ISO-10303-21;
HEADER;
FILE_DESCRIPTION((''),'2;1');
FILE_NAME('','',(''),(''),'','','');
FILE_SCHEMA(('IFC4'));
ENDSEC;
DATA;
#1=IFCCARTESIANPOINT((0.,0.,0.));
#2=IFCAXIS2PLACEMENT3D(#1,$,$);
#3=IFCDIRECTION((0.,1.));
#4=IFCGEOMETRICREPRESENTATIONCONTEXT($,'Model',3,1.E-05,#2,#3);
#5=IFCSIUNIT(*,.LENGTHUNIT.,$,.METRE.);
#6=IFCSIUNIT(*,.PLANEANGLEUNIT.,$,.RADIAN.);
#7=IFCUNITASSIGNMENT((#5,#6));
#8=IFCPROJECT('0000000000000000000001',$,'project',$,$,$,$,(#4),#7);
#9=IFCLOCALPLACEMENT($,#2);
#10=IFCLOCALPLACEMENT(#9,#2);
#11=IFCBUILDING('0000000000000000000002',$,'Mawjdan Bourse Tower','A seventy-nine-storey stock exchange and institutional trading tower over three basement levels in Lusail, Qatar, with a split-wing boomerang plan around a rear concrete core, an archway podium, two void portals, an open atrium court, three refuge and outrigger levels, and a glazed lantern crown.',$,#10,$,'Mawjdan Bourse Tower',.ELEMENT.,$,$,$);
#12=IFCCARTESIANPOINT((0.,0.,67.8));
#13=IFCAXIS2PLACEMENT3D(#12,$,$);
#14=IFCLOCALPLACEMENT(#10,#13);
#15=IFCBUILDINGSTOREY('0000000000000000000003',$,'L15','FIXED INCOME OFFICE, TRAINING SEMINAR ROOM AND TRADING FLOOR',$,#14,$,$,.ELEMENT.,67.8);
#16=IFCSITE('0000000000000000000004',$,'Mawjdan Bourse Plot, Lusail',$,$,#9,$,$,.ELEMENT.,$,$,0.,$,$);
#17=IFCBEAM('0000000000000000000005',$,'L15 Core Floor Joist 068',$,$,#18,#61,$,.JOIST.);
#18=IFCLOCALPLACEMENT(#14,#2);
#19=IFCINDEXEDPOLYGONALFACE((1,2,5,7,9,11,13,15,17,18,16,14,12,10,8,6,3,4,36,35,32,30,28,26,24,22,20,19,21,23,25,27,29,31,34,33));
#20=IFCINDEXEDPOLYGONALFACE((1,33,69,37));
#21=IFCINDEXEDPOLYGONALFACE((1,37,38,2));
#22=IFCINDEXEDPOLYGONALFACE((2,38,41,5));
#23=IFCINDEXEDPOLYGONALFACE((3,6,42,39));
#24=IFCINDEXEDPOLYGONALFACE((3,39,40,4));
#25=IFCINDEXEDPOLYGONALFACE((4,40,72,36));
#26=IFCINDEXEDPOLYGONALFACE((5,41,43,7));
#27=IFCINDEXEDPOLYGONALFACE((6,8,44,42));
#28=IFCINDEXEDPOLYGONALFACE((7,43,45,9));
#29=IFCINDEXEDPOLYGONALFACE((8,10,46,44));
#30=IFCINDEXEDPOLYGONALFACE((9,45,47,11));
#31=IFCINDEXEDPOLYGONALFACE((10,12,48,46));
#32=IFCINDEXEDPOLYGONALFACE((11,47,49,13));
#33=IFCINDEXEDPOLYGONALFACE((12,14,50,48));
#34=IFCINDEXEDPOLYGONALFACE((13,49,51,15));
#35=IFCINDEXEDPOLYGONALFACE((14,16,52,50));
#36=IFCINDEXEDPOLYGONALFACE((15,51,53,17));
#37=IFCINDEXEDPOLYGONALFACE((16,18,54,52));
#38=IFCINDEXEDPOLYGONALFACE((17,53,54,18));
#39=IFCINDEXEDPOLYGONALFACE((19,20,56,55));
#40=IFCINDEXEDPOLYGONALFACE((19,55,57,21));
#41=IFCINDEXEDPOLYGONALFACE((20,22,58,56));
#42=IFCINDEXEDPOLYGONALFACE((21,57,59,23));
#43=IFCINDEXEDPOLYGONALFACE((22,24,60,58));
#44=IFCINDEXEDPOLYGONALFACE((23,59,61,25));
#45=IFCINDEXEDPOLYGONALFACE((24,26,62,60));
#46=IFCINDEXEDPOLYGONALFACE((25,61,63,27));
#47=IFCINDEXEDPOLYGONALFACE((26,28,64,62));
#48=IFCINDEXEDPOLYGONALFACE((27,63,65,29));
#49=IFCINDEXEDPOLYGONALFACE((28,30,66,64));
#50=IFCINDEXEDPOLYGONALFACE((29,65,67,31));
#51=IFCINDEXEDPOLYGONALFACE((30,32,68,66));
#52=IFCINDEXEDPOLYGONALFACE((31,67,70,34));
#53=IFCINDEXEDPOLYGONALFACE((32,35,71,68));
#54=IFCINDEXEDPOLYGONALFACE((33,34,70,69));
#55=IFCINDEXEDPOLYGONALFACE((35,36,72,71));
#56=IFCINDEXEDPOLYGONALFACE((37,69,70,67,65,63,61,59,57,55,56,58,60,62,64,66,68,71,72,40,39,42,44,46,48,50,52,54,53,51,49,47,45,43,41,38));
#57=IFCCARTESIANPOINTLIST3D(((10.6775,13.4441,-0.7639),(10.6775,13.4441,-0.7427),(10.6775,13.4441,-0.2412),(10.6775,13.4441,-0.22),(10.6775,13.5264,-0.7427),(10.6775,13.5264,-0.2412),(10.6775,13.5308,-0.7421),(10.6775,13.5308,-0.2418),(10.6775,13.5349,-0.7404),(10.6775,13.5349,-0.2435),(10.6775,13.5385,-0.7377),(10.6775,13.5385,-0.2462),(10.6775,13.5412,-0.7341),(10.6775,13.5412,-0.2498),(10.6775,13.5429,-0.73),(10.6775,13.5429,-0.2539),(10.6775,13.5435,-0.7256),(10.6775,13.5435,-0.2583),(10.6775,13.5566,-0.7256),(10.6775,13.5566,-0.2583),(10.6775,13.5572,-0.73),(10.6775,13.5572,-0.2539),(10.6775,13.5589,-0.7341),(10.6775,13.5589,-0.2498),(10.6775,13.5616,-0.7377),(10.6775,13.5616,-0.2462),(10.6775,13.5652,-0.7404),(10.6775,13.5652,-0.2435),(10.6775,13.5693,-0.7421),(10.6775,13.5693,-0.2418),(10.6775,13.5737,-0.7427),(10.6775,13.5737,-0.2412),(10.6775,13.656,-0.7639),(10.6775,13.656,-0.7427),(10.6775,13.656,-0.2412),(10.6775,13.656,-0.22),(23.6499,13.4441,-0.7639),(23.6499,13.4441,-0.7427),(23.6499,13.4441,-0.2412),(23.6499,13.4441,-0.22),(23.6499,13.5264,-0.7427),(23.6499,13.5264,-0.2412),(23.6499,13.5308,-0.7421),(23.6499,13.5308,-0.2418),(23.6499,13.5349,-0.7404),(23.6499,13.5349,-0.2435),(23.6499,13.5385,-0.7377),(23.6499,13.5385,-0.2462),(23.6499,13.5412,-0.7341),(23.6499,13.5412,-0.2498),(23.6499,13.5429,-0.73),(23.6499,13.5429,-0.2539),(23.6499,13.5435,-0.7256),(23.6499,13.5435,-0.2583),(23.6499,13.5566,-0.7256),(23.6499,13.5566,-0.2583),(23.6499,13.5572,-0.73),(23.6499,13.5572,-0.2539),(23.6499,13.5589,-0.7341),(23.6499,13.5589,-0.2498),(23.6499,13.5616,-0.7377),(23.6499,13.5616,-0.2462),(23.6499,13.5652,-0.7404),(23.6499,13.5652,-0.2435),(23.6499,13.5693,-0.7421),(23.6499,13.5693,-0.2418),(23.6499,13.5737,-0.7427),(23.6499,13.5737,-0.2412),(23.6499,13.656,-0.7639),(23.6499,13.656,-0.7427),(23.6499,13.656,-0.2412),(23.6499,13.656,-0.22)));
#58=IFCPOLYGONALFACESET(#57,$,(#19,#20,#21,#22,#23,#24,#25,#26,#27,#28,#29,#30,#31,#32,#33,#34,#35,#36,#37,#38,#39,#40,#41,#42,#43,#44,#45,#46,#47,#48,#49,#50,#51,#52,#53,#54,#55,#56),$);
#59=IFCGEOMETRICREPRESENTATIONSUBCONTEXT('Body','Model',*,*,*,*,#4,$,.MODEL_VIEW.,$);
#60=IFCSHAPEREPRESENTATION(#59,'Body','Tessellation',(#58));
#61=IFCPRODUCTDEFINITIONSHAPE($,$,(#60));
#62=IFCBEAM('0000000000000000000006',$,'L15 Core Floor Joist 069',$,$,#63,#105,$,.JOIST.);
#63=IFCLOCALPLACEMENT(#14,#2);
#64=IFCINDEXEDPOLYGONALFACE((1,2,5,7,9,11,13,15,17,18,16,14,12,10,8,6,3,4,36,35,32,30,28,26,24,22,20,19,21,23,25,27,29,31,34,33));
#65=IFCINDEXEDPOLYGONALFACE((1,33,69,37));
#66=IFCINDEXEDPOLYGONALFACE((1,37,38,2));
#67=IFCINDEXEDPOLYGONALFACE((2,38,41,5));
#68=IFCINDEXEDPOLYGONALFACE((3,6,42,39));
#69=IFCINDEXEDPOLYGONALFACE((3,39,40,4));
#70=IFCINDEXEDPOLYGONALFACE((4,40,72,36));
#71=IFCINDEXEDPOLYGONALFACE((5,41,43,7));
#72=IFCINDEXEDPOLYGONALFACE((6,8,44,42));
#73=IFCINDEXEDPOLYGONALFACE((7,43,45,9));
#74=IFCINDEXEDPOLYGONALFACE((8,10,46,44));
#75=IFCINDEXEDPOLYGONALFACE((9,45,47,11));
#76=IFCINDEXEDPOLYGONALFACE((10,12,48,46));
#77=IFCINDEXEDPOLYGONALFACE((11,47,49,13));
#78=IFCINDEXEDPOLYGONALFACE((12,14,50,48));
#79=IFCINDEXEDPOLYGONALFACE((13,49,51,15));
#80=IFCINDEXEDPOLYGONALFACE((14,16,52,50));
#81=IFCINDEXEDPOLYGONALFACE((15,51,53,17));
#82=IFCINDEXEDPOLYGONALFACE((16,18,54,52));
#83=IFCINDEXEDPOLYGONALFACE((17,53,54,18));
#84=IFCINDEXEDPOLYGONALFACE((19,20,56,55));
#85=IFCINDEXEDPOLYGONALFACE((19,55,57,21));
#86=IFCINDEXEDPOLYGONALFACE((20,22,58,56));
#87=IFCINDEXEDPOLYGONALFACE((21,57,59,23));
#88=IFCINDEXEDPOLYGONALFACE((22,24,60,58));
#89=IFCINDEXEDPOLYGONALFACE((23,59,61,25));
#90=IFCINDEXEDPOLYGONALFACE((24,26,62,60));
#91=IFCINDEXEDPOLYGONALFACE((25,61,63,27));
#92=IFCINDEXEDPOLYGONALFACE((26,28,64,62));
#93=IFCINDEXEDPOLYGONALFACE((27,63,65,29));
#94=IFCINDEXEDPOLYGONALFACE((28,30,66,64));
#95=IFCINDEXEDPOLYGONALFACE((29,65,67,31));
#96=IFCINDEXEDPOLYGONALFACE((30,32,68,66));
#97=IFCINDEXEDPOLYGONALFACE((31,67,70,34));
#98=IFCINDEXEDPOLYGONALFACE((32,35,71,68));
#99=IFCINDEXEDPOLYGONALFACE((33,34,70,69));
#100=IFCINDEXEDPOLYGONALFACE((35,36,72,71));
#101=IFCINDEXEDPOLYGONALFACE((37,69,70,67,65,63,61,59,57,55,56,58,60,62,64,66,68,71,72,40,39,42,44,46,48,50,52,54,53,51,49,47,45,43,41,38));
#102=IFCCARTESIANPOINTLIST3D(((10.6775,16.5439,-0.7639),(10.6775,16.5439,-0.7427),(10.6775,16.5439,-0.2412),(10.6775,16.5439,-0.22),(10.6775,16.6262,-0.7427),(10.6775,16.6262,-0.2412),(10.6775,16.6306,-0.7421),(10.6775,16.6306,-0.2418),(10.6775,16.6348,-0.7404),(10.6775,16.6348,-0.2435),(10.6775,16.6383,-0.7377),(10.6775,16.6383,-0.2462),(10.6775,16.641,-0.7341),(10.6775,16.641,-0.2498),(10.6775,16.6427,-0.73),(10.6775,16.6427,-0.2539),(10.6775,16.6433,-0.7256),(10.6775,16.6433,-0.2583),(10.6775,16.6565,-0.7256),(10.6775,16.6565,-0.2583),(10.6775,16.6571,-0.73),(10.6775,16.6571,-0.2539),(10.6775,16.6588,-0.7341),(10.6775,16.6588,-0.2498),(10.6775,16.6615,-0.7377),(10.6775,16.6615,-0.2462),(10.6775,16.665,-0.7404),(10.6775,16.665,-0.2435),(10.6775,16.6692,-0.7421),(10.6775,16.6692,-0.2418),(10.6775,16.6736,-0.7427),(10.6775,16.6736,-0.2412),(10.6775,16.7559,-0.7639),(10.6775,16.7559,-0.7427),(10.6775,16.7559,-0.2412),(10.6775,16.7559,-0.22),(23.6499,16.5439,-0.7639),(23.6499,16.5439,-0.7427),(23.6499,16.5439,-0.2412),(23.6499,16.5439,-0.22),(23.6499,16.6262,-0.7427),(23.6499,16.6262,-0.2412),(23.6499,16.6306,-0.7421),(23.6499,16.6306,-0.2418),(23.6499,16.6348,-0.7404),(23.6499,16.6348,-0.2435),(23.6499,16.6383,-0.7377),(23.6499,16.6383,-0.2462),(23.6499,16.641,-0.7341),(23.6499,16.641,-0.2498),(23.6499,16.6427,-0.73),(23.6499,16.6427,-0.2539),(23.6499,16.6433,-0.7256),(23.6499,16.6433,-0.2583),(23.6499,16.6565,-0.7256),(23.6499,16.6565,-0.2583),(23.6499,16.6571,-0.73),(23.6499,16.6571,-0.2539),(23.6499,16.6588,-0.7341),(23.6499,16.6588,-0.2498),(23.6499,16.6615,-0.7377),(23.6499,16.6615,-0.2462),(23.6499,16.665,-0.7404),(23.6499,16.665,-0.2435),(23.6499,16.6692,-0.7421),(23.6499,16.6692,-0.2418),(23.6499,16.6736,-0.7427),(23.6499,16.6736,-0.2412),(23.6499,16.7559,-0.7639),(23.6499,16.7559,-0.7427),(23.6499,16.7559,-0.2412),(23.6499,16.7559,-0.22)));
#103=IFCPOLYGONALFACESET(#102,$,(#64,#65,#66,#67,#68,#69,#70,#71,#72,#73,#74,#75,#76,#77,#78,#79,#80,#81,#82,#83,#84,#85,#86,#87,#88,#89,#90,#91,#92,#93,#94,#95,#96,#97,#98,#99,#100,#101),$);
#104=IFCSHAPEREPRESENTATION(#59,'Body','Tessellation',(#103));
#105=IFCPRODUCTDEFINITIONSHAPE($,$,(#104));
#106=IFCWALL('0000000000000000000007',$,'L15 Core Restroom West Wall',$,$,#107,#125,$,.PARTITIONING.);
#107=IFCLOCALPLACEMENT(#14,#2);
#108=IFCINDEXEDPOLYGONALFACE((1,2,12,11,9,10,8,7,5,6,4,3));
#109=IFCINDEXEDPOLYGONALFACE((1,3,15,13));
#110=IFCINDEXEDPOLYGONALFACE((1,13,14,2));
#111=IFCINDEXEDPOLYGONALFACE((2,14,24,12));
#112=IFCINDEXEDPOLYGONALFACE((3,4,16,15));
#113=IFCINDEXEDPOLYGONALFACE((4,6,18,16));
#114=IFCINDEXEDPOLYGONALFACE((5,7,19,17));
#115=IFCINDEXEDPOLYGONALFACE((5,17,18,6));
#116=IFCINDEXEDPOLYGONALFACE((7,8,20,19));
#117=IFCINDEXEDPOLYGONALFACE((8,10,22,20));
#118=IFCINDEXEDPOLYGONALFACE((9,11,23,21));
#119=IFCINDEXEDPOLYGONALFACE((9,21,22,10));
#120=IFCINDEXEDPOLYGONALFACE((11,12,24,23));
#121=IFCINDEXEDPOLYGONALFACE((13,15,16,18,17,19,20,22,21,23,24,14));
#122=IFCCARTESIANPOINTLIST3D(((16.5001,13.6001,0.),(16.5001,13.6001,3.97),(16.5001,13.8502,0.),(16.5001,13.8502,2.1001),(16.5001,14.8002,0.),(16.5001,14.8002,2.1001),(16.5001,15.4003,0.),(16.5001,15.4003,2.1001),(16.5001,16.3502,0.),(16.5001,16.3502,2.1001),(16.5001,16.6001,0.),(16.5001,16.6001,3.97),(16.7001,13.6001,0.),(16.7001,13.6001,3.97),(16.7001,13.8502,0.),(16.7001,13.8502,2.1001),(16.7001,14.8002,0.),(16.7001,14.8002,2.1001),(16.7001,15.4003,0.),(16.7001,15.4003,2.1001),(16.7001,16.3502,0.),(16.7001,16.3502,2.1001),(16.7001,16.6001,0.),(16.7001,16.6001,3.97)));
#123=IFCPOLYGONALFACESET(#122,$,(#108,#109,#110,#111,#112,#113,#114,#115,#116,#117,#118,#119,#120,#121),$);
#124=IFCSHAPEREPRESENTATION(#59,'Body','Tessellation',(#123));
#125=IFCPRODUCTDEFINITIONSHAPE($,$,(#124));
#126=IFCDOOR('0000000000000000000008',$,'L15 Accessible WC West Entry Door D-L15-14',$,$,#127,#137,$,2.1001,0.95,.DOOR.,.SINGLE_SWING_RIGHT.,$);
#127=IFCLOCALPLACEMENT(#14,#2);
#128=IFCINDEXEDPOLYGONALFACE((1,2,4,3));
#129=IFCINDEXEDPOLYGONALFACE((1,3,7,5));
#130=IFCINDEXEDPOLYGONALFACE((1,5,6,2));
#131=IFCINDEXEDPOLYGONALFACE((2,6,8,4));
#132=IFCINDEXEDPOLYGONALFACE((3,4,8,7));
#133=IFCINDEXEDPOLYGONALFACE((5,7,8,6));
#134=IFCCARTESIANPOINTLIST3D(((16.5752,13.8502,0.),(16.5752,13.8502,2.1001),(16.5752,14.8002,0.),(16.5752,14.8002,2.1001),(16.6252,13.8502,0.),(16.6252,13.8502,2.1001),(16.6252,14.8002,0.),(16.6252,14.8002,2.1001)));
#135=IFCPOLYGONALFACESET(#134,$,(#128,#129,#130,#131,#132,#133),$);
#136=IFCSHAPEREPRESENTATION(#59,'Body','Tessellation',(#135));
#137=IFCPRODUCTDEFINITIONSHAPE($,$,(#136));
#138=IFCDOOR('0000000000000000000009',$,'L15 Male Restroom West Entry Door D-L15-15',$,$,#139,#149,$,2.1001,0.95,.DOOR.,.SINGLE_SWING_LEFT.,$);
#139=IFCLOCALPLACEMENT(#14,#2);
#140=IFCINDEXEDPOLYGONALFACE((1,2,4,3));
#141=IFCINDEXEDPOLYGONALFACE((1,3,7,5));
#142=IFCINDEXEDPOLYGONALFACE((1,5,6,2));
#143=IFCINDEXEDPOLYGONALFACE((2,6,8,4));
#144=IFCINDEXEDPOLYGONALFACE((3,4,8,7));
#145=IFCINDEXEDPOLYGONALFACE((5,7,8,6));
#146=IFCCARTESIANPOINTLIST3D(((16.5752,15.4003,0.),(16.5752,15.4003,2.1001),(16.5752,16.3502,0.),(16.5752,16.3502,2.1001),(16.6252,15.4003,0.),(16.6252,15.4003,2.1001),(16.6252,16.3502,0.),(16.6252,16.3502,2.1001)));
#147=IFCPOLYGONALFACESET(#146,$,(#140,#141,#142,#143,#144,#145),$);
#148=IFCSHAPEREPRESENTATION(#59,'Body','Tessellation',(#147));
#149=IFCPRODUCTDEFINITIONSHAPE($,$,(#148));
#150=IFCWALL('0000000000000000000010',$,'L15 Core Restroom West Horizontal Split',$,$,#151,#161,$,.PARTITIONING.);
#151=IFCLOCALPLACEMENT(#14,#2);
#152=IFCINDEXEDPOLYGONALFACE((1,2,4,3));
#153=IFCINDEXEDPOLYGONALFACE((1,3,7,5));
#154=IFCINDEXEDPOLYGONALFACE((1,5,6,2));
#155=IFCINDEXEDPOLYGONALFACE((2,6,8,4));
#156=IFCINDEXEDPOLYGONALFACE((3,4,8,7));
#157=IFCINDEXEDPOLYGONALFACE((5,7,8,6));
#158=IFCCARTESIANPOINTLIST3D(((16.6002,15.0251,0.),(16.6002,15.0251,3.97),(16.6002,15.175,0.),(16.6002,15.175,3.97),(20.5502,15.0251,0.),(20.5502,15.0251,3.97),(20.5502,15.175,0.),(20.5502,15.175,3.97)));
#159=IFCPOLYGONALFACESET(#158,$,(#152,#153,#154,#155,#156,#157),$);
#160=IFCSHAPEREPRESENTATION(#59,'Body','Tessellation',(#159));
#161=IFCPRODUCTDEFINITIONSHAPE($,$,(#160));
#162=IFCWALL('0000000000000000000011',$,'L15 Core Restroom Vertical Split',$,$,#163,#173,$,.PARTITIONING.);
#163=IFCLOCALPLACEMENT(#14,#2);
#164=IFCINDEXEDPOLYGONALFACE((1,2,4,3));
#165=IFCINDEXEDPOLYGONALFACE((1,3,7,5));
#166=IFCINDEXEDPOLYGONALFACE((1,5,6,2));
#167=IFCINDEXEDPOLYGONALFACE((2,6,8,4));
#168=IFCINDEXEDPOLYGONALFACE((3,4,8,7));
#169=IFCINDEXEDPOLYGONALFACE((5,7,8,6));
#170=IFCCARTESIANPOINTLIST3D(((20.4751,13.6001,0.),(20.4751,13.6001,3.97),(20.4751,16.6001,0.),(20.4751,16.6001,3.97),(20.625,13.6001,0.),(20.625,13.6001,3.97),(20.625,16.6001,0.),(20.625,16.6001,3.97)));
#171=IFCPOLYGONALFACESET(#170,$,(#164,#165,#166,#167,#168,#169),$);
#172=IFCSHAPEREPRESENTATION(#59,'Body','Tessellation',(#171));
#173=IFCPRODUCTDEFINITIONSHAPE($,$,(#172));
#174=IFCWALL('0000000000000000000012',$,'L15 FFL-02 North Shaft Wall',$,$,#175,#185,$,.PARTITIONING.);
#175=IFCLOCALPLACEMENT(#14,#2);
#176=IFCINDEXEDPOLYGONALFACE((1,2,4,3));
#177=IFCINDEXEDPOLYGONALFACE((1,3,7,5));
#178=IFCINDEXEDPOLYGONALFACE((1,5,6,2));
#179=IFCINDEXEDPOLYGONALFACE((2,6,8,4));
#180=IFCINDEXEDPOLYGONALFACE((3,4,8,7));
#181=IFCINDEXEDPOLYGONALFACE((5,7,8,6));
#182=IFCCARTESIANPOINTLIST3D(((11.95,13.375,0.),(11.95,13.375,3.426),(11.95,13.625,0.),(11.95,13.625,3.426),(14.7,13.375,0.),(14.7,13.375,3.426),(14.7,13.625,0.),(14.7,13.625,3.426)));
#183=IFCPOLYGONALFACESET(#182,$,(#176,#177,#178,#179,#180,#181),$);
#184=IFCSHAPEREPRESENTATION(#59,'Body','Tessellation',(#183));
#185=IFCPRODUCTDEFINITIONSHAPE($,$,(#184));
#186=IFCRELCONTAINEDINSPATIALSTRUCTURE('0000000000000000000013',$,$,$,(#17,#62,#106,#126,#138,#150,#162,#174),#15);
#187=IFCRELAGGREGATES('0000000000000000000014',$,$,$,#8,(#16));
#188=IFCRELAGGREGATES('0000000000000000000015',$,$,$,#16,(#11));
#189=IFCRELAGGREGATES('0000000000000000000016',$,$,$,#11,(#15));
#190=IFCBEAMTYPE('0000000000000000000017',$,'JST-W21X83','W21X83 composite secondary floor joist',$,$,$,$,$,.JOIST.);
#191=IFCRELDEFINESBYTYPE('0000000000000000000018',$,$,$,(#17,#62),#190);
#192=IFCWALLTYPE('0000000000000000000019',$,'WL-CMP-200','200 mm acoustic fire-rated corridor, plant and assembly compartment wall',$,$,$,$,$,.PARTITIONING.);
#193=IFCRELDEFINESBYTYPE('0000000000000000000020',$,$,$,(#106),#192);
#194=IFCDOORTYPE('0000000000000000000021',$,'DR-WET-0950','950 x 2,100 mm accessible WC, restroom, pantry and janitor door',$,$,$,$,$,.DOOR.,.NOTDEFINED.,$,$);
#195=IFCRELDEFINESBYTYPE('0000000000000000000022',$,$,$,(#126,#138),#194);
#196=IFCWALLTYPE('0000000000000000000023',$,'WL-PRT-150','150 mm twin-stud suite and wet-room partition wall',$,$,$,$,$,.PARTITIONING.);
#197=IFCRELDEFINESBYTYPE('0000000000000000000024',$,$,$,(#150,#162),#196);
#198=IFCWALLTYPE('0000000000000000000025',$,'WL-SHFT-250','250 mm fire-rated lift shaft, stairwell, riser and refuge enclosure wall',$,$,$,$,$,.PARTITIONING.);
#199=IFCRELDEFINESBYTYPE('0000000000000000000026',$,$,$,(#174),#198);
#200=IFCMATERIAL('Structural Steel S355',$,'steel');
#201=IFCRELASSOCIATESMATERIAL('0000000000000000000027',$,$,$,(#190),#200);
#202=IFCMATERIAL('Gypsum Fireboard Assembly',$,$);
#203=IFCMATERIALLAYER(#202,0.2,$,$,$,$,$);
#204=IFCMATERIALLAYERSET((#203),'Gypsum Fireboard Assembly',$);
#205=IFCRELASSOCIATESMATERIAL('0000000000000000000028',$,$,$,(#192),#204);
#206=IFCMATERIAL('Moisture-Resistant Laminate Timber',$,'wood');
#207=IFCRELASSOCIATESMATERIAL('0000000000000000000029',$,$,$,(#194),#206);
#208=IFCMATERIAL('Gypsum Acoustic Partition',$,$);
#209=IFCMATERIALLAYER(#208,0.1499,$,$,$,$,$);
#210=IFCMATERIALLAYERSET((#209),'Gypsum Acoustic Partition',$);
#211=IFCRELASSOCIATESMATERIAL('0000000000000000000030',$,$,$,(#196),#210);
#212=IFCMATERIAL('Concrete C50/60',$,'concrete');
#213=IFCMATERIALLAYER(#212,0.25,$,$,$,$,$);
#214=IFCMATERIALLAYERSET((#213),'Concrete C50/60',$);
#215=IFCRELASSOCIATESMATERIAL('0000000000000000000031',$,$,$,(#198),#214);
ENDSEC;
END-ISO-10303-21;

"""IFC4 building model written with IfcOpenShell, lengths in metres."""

from ifc_helpers import new_model, si_unit, direction, frame, frame_2d, origin, origin_2d, place, context, subcontext, project, spatial, rectangle, i_section, extrude, material, layer, layer_set, material_profile, profile_set, type_object, element, fill, save


model = new_model("IFC4")

# Units and contexts
model_context = context("Model", 3, precision=1e-05, world=origin(), true_north=direction((0.0, 1.0)))
body_context = subcontext(model_context, "Body", "Model", "MODEL_VIEW")
ifc_project = project(units=[si_unit("LENGTHUNIT", "METRE"), si_unit("PLANEANGLEUNIT", "RADIAN")], contexts=[model_context])

# Site, building, storey
site_placement = place(None, origin())
site = spatial("IfcSite", under=ifc_project, at=site_placement, Name="Mawjdan Bourse Plot, Lusail", CompositionType="ELEMENT", RefElevation=0.0)
building_placement = place(site_placement, origin())
building = spatial("IfcBuilding", under=site, at=building_placement, Name="Mawjdan Bourse Tower", Description="A seventy-nine-storey stock exchange and institutional trading tower over three basement levels in Lusail, Qatar, with a split-wing boomerang plan around a rear concrete core, an archway podium, two void portals, an open atrium court, three refuge and outrigger levels, and a glazed lantern crown.", LongName="Mawjdan Bourse Tower", CompositionType="ELEMENT")
storey_placement = place(building_placement, frame((0.0, 0.0, 67.8)))
storey = spatial("IfcBuildingStorey", under=building, at=storey_placement, Name="L15", Description="FIXED INCOME OFFICE, TRAINING SEMINAR ROOM AND TRADING FLOOR", CompositionType="ELEMENT", Elevation=67.8)

# Beams
ifc_material_1 = material(Name="Structural Steel S355", Category="steel")
ifc_material_profile = material_profile(ifc_material_1, i_section(OverallWidth=0.2119, OverallDepth=0.5439, WebThickness=0.0132, FlangeThickness=0.0212, FilletRadius=0.0171, at=origin_2d()), Name="W21X83")
ifc_profile_set = profile_set([ifc_material_profile], Name="Structural Steel S355")
beam_type = type_object("IfcBeamType", Name="JST-W21X83", Description="W21X83 composite secondary floor joist", PredefinedType="JOIST", material=ifc_profile_set)
for number, where, z_axis, x_axis, name in (
    (1, (10.6775, 13.55, -0.4919), (1.0, 0.0, 0.0), (0.0, 1.0, 0.0), "L15 Core Floor Joist 068"),
    (2, (10.6775, 16.6499, -0.4919), (1.0, 0.0, 0.0), (0.0, 1.0, 0.0), "L15 Core Floor Joist 069"),
):
    element("IfcBeam", number, at=place(storey_placement, frame(where, z_axis=z_axis, x_axis=x_axis)), inside=storey, type_object=beam_type, Name=name, PredefinedType="JOIST", context=body_context, shape_type="SweptSolid", body=[
        extrude(i_section(OverallWidth=0.2119, OverallDepth=0.5439, WebThickness=0.0132, FlangeThickness=0.0212, FilletRadius=0.0171, at=origin_2d()), origin(), (0.0, 0.0, 1.0), 12.9724),
    ])

# Wall, openings, doors
ifc_material_2 = material(Name="Gypsum Fireboard Assembly")
ifc_layer_1 = layer(ifc_material_2, 0.2)
ifc_layer_set_1 = layer_set([ifc_layer_1], Name="Gypsum Fireboard Assembly")
wall_type_1 = type_object("IfcWallType", Name="WL-CMP-200", Description="200 mm acoustic fire-rated corridor, plant and assembly compartment wall", PredefinedType="PARTITIONING", material=ifc_layer_set_1)
wall_1_placement = place(storey_placement, frame((16.6001, 13.6001, 0.0), z_axis=(0.0, 0.0, 1.0), x_axis=(0.0, 1.0, 0.0)))
wall_1 = element("IfcWall", 3, at=wall_1_placement, inside=storey, type_object=wall_type_1, Name="L15 Core Restroom West Wall", PredefinedType="PARTITIONING", context=body_context, shape_type="SweptSolid", body=[
    extrude(rectangle(XDim=3.0, YDim=0.2, at=frame_2d((1.5, 0.0))), origin(), (0.0, 0.0, 1.0), 3.97),
])
opening_1_placement = place(wall_1_placement, frame((0.25, 0.0, 0.0)))
opening_1 = element("IfcOpeningElement", 4, at=opening_1_placement, cuts=wall_1, PredefinedType="OPENING", context=body_context, shape_type="SweptSolid", body=[
    extrude(rectangle(XDim=0.95, YDim=2.1001, at=frame_2d((0.4751, 1.05))), frame((0.0, 0.1099, 0.0), z_axis=(0.0, -1.0, 0.0), x_axis=(1.0, 0.0, 0.0)), (0.0, 0.0, 1.0), 0.22),
])
opening_2_placement = place(wall_1_placement, frame((1.8, 0.0, 0.0)))
opening_2 = element("IfcOpeningElement", 5, at=opening_2_placement, cuts=wall_1, PredefinedType="OPENING", context=body_context, shape_type="SweptSolid", body=[
    extrude(rectangle(XDim=0.95, YDim=2.1001, at=frame_2d((0.4751, 1.05))), frame((0.0, 0.1099, 0.0), z_axis=(0.0, -1.0, 0.0), x_axis=(1.0, 0.0, 0.0)), (0.0, 0.0, 1.0), 0.22),
])
ifc_material_3 = material(Name="Moisture-Resistant Laminate Timber", Category="wood")
door_type_1 = type_object("IfcDoorType", Name="DR-WET-0950", Description="950 x 2,100 mm accessible WC, restroom, pantry and janitor door", OperationType="NOTDEFINED", PredefinedType="DOOR", material=ifc_material_3)
door_1_placement = place(opening_1_placement, origin())
door_1 = element("IfcDoor", 6, at=door_1_placement, inside=storey, type_object=door_type_1, Name="L15 Accessible WC West Entry Door D-L15-14", OperationType="SINGLE_SWING_RIGHT", OverallHeight=2.1001, OverallWidth=0.95, PredefinedType="DOOR", context=body_context, shape_type="SweptSolid", body=[
    extrude(rectangle(XDim=0.95, YDim=2.1001, at=frame_2d((0.4751, 1.05))), frame((0.0, 0.0249, 0.0), z_axis=(0.0, -1.0, 0.0), x_axis=(1.0, 0.0, 0.0)), (0.0, 0.0, 1.0), 0.05),
])
fill(opening_1, door_1)
door_2_placement = place(opening_2_placement, origin())
door_2 = element("IfcDoor", 7, at=door_2_placement, inside=storey, type_object=door_type_1, Name="L15 Male Restroom West Entry Door D-L15-15", OperationType="SINGLE_SWING_LEFT", OverallHeight=2.1001, OverallWidth=0.95, PredefinedType="DOOR", context=body_context, shape_type="SweptSolid", body=[
    extrude(rectangle(XDim=0.95, YDim=2.1001, at=frame_2d((0.4751, 1.05))), frame((0.0, 0.0249, 0.0), z_axis=(0.0, -1.0, 0.0), x_axis=(1.0, 0.0, 0.0)), (0.0, 0.0, 1.0), 0.05),
])
fill(opening_2, door_2)

# Walls
ifc_material_4 = material(Name="Gypsum Acoustic Partition")
ifc_layer_2 = layer(ifc_material_4, 0.1499)
ifc_layer_set_2 = layer_set([ifc_layer_2], Name="Gypsum Acoustic Partition")
wall_type_2 = type_object("IfcWallType", Name="WL-PRT-150", Description="150 mm twin-stud suite and wet-room partition wall", PredefinedType="PARTITIONING", material=ifc_layer_set_2)
wall_2_placement = place(storey_placement, frame((16.6001, 15.1001, 0.0), z_axis=(0.0, 0.0, 1.0), x_axis=(1.0, 0.0, 0.0)))
element("IfcWall", 8, at=wall_2_placement, inside=storey, type_object=wall_type_2, Name="L15 Core Restroom West Horizontal Split", PredefinedType="PARTITIONING", context=body_context, shape_type="SweptSolid", body=[
    extrude(rectangle(XDim=3.95, YDim=0.1499, at=frame_2d((1.9751, 0.0))), origin(), (0.0, 0.0, 1.0), 3.97),
])
wall_3_placement = place(storey_placement, frame((20.55, 13.6001, 0.0), z_axis=(0.0, 0.0, 1.0), x_axis=(0.0, 1.0, 0.0)))
element("IfcWall", 9, at=wall_3_placement, inside=storey, type_object=wall_type_2, Name="L15 Core Restroom Vertical Split", PredefinedType="PARTITIONING", context=body_context, shape_type="SweptSolid", body=[
    extrude(rectangle(XDim=3.0, YDim=0.1499, at=frame_2d((1.5, 0.0))), origin(), (0.0, 0.0, 1.0), 3.97),
])
ifc_material_5 = material(Name="Concrete C50/60", Category="concrete")
ifc_layer_3 = layer(ifc_material_5, 0.25)
ifc_layer_set_3 = layer_set([ifc_layer_3], Name="Concrete C50/60")
wall_type_3 = type_object("IfcWallType", Name="WL-SHFT-250", Description="250 mm fire-rated lift shaft, stairwell, riser and refuge enclosure wall", PredefinedType="PARTITIONING", material=ifc_layer_set_3)
wall_4_placement = place(storey_placement, frame((11.95, 13.5, 0.0), z_axis=(0.0, 0.0, 1.0), x_axis=(1.0, 0.0, 0.0)))
element("IfcWall", 10, at=wall_4_placement, inside=storey, type_object=wall_type_3, Name="L15 FFL-02 North Shaft Wall", PredefinedType="PARTITIONING", context=body_context, shape_type="SweptSolid", body=[
    extrude(rectangle(XDim=2.75, YDim=0.25, at=frame_2d((1.375, 0.0))), origin(), (0.0, 0.0, 1.0), 3.426),
])

save(model, "model.ifc")
